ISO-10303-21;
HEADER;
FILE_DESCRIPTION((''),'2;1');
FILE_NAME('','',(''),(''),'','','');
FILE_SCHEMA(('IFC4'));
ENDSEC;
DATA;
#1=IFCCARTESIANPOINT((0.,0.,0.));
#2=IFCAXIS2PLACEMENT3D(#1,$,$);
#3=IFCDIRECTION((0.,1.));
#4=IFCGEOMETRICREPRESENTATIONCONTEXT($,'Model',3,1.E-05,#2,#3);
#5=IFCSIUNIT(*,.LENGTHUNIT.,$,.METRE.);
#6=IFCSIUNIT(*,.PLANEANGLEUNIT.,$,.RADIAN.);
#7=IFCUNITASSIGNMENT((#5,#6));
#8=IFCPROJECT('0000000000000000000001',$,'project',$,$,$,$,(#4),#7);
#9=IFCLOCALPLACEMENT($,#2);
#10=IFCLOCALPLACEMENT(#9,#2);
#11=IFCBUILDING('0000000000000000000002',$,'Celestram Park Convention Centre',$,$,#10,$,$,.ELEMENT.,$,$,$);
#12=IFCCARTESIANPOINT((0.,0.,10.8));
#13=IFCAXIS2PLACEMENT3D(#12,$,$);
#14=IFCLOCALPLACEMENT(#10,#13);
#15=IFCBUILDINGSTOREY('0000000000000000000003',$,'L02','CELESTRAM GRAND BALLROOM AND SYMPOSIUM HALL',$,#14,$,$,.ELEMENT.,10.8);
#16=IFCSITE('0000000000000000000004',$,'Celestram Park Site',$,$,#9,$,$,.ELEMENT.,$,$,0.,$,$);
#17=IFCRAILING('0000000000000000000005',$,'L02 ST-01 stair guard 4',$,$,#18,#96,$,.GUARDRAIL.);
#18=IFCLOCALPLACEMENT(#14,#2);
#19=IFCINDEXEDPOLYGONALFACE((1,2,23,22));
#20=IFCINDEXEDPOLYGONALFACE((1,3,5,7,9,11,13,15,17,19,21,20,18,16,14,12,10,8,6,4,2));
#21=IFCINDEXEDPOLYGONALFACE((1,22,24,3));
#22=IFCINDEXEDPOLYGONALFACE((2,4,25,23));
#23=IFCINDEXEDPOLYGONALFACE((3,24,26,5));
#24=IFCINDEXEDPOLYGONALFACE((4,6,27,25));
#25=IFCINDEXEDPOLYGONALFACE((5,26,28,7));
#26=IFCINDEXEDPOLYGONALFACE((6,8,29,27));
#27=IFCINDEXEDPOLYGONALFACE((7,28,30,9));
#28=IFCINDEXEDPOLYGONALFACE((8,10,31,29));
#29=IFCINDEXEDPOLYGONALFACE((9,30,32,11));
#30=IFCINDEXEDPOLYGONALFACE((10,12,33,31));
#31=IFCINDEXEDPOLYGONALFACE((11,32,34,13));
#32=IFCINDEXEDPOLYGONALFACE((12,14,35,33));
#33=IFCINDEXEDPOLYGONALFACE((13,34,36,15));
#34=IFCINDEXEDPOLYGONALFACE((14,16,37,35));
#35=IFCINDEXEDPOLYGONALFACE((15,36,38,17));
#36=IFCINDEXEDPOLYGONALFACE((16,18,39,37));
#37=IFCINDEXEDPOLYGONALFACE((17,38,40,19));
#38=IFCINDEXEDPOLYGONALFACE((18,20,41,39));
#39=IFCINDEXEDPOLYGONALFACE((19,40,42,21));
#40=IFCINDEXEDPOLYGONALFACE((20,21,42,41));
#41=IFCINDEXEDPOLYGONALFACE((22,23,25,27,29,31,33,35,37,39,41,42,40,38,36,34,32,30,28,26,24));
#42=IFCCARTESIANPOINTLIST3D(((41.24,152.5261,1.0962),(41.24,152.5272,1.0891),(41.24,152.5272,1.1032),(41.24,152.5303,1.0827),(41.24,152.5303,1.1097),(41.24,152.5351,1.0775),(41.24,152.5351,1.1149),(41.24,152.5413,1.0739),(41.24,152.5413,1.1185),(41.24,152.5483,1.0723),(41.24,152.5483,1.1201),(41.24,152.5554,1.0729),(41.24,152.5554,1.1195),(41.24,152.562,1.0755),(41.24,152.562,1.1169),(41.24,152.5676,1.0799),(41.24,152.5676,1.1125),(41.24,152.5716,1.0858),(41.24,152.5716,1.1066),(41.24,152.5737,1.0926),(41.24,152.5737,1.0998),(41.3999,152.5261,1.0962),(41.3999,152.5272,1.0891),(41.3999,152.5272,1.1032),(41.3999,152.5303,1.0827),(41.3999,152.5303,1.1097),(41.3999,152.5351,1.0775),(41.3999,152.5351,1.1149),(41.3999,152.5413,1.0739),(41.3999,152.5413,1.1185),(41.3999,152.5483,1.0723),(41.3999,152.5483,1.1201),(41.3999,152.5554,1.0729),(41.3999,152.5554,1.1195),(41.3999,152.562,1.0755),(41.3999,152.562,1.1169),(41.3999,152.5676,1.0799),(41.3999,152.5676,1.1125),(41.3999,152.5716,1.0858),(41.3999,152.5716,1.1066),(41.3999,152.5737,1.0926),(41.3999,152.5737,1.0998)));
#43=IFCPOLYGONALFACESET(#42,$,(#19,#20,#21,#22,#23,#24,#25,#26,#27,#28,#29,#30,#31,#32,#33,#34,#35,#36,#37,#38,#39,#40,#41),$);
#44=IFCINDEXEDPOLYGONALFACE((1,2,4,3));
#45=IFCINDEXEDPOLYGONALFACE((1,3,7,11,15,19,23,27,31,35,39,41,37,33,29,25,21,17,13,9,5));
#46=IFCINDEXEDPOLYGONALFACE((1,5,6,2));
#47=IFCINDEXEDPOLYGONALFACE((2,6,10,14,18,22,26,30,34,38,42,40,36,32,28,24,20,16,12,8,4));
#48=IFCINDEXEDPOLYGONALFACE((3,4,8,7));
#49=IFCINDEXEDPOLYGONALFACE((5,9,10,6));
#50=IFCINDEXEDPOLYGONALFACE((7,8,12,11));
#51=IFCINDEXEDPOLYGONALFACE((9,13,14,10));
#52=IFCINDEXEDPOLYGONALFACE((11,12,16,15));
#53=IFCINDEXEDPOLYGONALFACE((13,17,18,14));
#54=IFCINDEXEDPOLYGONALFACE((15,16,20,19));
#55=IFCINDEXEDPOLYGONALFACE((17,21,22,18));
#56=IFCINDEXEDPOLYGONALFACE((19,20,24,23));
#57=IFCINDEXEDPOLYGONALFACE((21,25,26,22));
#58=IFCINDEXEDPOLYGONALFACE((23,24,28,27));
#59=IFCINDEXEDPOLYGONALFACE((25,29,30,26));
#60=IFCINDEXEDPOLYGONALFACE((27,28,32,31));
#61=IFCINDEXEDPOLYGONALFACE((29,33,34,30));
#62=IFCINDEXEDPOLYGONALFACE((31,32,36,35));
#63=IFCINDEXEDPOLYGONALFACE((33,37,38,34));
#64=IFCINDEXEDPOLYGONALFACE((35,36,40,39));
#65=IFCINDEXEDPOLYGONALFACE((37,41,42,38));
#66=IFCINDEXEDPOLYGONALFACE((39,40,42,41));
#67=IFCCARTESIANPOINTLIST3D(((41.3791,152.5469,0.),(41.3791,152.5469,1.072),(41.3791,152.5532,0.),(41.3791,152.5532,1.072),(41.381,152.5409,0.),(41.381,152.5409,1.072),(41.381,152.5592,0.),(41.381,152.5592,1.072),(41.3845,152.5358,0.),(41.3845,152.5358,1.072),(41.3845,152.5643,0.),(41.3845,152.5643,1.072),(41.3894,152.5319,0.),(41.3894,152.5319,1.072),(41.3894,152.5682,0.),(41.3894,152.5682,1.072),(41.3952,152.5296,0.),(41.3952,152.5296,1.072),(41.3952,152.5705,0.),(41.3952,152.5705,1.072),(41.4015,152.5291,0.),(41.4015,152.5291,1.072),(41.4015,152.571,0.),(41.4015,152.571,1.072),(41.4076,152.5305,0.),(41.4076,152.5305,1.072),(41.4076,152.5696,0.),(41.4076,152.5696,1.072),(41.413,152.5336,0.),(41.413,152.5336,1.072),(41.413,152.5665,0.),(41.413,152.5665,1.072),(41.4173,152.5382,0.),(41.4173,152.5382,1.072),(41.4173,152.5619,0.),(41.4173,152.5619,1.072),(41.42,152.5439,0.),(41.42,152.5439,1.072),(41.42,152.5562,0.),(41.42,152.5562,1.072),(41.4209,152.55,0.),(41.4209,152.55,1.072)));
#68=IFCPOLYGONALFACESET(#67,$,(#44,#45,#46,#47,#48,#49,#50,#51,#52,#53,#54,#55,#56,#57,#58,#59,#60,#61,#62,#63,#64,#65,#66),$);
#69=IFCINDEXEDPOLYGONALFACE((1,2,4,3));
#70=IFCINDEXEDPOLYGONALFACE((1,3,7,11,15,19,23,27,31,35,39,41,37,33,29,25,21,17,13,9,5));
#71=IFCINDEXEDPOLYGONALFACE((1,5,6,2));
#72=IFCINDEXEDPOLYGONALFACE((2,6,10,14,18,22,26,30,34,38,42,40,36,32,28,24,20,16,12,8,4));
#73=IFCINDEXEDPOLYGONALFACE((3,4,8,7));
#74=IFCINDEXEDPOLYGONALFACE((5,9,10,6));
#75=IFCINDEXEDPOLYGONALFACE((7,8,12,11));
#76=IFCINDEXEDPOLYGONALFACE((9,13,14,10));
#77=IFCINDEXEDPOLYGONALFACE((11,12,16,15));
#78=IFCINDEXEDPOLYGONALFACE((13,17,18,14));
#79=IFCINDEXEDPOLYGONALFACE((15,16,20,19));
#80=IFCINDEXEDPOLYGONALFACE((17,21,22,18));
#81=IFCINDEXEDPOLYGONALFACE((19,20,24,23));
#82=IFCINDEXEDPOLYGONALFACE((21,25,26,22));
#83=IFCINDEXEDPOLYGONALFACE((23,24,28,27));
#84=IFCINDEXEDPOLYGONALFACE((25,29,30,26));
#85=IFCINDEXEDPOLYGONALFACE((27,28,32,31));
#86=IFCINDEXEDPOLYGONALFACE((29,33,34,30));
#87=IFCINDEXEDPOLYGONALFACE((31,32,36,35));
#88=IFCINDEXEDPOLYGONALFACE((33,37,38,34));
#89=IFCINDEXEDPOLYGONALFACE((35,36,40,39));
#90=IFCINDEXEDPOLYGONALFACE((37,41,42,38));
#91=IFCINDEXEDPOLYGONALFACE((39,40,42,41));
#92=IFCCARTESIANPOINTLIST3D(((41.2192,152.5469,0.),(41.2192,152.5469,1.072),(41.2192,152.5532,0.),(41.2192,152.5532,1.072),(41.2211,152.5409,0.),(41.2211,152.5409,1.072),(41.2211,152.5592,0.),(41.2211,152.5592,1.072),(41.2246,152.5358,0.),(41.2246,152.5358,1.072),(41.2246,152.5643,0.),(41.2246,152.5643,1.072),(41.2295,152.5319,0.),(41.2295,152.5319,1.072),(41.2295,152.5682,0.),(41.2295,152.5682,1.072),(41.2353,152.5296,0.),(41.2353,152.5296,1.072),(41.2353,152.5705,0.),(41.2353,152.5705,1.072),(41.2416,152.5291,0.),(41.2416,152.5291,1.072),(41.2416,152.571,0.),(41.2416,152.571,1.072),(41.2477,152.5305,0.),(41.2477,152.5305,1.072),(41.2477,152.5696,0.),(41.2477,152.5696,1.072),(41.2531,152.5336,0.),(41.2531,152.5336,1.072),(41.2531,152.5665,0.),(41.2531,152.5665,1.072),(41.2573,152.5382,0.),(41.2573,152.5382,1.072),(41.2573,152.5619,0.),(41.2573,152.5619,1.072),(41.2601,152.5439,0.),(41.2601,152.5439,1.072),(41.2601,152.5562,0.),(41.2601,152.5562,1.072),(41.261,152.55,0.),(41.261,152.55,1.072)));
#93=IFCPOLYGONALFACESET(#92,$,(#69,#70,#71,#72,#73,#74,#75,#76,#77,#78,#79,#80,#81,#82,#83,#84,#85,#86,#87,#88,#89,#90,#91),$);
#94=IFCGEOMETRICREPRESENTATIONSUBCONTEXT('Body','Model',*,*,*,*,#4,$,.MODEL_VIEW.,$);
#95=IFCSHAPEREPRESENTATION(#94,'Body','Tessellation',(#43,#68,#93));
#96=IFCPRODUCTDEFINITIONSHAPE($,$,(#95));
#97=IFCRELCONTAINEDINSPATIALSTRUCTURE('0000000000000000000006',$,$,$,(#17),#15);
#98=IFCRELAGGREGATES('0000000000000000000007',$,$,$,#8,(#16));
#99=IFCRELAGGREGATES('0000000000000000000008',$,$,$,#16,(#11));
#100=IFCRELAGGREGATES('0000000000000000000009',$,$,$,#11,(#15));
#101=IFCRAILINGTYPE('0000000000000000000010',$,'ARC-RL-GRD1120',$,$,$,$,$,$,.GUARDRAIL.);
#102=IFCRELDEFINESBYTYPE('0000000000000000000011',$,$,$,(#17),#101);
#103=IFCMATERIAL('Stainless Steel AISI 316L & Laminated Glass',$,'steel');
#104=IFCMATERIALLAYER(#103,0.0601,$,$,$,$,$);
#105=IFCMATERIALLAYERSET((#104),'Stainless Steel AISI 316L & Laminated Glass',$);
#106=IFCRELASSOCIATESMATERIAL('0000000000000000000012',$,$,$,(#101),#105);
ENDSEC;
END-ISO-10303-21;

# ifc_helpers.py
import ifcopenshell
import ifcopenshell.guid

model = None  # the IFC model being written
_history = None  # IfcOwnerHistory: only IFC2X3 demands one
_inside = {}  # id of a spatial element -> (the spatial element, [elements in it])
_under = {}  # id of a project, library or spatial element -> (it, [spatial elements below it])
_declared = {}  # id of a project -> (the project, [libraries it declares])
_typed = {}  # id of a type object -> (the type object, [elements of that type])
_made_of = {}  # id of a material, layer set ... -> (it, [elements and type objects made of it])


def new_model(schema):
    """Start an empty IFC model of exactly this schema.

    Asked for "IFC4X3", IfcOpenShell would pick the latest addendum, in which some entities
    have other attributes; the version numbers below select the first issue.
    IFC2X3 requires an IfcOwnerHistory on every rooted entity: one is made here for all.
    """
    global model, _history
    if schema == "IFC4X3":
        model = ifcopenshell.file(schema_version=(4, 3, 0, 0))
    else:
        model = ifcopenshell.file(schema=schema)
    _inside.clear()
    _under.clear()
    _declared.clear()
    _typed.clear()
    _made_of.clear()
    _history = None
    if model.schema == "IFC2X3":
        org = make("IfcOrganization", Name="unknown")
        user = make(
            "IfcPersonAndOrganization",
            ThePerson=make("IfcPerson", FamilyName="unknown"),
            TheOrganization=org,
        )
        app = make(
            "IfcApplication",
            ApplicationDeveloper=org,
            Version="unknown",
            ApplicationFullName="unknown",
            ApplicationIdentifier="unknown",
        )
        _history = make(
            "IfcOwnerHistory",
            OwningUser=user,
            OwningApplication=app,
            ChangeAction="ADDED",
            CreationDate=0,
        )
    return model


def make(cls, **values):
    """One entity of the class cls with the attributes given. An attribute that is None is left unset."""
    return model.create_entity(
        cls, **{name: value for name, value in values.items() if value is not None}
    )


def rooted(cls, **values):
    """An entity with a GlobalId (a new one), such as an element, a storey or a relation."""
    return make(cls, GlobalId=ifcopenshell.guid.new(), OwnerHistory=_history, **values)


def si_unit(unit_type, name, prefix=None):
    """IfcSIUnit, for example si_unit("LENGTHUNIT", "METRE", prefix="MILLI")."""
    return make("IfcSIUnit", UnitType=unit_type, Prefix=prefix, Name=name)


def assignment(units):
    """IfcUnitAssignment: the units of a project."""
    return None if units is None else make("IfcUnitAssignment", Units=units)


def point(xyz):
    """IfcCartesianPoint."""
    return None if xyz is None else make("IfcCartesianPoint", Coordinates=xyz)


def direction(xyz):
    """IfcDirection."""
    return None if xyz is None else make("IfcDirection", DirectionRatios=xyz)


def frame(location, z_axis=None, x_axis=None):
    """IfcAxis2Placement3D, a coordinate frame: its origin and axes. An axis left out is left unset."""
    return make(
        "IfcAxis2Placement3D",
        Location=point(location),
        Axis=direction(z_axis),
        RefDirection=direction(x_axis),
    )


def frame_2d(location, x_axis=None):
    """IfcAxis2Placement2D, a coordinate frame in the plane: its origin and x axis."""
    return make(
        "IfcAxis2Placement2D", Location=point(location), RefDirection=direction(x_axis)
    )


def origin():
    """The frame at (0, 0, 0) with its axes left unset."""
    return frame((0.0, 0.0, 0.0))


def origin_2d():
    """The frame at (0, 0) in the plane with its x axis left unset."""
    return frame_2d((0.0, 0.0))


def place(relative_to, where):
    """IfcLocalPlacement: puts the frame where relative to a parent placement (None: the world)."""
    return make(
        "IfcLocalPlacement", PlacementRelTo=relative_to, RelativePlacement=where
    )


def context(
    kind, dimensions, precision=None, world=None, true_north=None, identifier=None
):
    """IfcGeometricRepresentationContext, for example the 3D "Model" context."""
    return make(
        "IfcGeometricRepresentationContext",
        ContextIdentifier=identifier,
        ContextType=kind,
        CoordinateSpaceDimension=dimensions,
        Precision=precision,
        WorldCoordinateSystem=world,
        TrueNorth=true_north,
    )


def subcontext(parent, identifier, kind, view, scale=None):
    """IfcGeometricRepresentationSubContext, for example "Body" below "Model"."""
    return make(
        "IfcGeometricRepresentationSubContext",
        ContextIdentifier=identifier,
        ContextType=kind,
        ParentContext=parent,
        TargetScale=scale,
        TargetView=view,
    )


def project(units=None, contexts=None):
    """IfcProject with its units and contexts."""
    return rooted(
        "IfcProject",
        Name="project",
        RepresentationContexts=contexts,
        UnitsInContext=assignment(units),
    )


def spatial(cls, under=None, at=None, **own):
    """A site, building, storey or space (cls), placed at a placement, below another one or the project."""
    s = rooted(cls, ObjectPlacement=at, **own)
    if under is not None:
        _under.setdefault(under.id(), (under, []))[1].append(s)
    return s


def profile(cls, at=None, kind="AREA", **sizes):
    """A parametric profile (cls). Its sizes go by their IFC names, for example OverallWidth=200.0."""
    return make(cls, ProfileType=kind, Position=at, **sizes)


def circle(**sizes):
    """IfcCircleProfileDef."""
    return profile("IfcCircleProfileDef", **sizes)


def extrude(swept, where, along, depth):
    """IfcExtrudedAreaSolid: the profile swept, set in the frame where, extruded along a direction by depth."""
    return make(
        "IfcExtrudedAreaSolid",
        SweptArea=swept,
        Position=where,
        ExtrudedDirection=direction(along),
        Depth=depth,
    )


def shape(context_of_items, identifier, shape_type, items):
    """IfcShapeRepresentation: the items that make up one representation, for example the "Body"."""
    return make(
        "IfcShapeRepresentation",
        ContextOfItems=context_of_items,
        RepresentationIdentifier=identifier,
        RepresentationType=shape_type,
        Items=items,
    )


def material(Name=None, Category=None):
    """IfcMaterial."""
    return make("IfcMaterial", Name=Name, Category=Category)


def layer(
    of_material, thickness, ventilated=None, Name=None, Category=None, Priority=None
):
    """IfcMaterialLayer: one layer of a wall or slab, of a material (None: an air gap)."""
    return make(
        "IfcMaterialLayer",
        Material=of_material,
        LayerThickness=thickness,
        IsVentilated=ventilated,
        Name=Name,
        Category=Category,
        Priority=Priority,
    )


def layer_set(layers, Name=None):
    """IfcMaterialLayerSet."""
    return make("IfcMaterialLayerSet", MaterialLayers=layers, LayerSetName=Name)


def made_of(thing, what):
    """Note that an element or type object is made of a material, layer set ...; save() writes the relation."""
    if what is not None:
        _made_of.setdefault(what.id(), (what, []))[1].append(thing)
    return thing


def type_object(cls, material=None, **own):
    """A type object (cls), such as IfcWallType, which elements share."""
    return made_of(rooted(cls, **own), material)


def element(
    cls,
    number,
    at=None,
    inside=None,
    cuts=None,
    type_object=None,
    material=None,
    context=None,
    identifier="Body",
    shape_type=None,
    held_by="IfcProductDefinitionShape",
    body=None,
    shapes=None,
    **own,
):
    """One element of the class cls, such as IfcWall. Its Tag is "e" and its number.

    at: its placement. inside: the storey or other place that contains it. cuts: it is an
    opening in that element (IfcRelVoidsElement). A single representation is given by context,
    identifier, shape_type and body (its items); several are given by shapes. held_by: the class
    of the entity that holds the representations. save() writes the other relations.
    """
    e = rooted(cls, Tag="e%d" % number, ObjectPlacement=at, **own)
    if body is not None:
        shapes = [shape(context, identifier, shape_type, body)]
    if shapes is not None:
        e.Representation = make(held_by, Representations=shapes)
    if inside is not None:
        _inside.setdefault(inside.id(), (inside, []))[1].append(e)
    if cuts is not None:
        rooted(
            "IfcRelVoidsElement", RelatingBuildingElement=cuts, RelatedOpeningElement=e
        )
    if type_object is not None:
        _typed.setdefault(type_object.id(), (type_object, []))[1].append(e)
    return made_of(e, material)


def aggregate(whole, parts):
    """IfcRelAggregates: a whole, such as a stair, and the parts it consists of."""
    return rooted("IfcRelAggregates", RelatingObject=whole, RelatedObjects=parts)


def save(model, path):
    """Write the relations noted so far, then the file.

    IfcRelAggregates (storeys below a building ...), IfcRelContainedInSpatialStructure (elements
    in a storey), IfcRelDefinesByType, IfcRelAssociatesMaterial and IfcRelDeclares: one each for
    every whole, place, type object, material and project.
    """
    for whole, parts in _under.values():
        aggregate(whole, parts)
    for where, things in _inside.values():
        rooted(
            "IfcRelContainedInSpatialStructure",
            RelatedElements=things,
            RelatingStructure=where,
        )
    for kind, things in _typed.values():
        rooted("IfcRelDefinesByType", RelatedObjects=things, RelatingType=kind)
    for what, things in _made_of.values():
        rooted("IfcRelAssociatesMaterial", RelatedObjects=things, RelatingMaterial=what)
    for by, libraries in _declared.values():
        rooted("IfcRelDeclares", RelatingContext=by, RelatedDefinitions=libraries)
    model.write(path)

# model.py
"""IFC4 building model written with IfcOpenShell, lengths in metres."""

from ifc_helpers import new_model, si_unit, direction, frame, origin, origin_2d, place, context, subcontext, project, spatial, circle, extrude, material, layer, layer_set, type_object, element, save


model = new_model("IFC4")

# Units and contexts
model_context = context("Model", 3, precision=1e-05, world=origin(), true_north=direction((0.0, 1.0)))
body_context = subcontext(model_context, "Body", "Model", "MODEL_VIEW")
ifc_project = project(units=[si_unit("LENGTHUNIT", "METRE"), si_unit("PLANEANGLEUNIT", "RADIAN")], contexts=[model_context])

# Site, building, storey
site_placement = place(None, origin())
site = spatial("IfcSite", under=ifc_project, at=site_placement, Name="Celestram Park Site", CompositionType="ELEMENT", RefElevation=0.0)
building_placement = place(site_placement, origin())
building = spatial("IfcBuilding", under=site, at=building_placement, Name="Celestram Park Convention Centre", CompositionType="ELEMENT")
storey_placement = place(building_placement, frame((0.0, 0.0, 10.8)))
storey = spatial("IfcBuildingStorey", under=building, at=storey_placement, Name="L02", Description="CELESTRAM GRAND BALLROOM AND SYMPOSIUM HALL", CompositionType="ELEMENT", Elevation=10.8)

# Railing
ifc_material_1 = material(Name="Stainless Steel AISI 316L & Laminated Glass", Category="steel")
ifc_layer_1 = layer(ifc_material_1, 0.0601)
ifc_layer_set_1 = layer_set([ifc_layer_1], Name="Stainless Steel AISI 316L & Laminated Glass")
railing_type_1 = type_object("IfcRailingType", Name="ARC-RL-GRD1120", PredefinedType="GUARDRAIL", material=ifc_layer_set_1)
railing_1_placement = place(storey_placement, frame((41.3999, 152.55, 0.0)))
element("IfcRailing", 1, at=railing_1_placement, inside=storey, type_object=railing_type_1, Name="L02 ST-01 stair guard 4", PredefinedType="GUARDRAIL", context=body_context, shape_type="SweptSolid", body=[
    extrude(circle(Radius=0.0239, at=origin_2d()), frame((0.0, 0.0, 1.0962), z_axis=(-1.0, 0.0, 0.0), x_axis=(0.0, -1.0, 0.0)), (0.0, 0.0, 1.0), 0.1599),
    extrude(circle(Radius=0.021, at=origin_2d()), origin(), (0.0, 0.0, 1.0), 1.072),
    extrude(circle(Radius=0.021, at=origin_2d()), frame((-0.1599, 0.0, 0.0)), (0.0, 0.0, 1.0), 1.072),
])

save(model, "model.ifc")
